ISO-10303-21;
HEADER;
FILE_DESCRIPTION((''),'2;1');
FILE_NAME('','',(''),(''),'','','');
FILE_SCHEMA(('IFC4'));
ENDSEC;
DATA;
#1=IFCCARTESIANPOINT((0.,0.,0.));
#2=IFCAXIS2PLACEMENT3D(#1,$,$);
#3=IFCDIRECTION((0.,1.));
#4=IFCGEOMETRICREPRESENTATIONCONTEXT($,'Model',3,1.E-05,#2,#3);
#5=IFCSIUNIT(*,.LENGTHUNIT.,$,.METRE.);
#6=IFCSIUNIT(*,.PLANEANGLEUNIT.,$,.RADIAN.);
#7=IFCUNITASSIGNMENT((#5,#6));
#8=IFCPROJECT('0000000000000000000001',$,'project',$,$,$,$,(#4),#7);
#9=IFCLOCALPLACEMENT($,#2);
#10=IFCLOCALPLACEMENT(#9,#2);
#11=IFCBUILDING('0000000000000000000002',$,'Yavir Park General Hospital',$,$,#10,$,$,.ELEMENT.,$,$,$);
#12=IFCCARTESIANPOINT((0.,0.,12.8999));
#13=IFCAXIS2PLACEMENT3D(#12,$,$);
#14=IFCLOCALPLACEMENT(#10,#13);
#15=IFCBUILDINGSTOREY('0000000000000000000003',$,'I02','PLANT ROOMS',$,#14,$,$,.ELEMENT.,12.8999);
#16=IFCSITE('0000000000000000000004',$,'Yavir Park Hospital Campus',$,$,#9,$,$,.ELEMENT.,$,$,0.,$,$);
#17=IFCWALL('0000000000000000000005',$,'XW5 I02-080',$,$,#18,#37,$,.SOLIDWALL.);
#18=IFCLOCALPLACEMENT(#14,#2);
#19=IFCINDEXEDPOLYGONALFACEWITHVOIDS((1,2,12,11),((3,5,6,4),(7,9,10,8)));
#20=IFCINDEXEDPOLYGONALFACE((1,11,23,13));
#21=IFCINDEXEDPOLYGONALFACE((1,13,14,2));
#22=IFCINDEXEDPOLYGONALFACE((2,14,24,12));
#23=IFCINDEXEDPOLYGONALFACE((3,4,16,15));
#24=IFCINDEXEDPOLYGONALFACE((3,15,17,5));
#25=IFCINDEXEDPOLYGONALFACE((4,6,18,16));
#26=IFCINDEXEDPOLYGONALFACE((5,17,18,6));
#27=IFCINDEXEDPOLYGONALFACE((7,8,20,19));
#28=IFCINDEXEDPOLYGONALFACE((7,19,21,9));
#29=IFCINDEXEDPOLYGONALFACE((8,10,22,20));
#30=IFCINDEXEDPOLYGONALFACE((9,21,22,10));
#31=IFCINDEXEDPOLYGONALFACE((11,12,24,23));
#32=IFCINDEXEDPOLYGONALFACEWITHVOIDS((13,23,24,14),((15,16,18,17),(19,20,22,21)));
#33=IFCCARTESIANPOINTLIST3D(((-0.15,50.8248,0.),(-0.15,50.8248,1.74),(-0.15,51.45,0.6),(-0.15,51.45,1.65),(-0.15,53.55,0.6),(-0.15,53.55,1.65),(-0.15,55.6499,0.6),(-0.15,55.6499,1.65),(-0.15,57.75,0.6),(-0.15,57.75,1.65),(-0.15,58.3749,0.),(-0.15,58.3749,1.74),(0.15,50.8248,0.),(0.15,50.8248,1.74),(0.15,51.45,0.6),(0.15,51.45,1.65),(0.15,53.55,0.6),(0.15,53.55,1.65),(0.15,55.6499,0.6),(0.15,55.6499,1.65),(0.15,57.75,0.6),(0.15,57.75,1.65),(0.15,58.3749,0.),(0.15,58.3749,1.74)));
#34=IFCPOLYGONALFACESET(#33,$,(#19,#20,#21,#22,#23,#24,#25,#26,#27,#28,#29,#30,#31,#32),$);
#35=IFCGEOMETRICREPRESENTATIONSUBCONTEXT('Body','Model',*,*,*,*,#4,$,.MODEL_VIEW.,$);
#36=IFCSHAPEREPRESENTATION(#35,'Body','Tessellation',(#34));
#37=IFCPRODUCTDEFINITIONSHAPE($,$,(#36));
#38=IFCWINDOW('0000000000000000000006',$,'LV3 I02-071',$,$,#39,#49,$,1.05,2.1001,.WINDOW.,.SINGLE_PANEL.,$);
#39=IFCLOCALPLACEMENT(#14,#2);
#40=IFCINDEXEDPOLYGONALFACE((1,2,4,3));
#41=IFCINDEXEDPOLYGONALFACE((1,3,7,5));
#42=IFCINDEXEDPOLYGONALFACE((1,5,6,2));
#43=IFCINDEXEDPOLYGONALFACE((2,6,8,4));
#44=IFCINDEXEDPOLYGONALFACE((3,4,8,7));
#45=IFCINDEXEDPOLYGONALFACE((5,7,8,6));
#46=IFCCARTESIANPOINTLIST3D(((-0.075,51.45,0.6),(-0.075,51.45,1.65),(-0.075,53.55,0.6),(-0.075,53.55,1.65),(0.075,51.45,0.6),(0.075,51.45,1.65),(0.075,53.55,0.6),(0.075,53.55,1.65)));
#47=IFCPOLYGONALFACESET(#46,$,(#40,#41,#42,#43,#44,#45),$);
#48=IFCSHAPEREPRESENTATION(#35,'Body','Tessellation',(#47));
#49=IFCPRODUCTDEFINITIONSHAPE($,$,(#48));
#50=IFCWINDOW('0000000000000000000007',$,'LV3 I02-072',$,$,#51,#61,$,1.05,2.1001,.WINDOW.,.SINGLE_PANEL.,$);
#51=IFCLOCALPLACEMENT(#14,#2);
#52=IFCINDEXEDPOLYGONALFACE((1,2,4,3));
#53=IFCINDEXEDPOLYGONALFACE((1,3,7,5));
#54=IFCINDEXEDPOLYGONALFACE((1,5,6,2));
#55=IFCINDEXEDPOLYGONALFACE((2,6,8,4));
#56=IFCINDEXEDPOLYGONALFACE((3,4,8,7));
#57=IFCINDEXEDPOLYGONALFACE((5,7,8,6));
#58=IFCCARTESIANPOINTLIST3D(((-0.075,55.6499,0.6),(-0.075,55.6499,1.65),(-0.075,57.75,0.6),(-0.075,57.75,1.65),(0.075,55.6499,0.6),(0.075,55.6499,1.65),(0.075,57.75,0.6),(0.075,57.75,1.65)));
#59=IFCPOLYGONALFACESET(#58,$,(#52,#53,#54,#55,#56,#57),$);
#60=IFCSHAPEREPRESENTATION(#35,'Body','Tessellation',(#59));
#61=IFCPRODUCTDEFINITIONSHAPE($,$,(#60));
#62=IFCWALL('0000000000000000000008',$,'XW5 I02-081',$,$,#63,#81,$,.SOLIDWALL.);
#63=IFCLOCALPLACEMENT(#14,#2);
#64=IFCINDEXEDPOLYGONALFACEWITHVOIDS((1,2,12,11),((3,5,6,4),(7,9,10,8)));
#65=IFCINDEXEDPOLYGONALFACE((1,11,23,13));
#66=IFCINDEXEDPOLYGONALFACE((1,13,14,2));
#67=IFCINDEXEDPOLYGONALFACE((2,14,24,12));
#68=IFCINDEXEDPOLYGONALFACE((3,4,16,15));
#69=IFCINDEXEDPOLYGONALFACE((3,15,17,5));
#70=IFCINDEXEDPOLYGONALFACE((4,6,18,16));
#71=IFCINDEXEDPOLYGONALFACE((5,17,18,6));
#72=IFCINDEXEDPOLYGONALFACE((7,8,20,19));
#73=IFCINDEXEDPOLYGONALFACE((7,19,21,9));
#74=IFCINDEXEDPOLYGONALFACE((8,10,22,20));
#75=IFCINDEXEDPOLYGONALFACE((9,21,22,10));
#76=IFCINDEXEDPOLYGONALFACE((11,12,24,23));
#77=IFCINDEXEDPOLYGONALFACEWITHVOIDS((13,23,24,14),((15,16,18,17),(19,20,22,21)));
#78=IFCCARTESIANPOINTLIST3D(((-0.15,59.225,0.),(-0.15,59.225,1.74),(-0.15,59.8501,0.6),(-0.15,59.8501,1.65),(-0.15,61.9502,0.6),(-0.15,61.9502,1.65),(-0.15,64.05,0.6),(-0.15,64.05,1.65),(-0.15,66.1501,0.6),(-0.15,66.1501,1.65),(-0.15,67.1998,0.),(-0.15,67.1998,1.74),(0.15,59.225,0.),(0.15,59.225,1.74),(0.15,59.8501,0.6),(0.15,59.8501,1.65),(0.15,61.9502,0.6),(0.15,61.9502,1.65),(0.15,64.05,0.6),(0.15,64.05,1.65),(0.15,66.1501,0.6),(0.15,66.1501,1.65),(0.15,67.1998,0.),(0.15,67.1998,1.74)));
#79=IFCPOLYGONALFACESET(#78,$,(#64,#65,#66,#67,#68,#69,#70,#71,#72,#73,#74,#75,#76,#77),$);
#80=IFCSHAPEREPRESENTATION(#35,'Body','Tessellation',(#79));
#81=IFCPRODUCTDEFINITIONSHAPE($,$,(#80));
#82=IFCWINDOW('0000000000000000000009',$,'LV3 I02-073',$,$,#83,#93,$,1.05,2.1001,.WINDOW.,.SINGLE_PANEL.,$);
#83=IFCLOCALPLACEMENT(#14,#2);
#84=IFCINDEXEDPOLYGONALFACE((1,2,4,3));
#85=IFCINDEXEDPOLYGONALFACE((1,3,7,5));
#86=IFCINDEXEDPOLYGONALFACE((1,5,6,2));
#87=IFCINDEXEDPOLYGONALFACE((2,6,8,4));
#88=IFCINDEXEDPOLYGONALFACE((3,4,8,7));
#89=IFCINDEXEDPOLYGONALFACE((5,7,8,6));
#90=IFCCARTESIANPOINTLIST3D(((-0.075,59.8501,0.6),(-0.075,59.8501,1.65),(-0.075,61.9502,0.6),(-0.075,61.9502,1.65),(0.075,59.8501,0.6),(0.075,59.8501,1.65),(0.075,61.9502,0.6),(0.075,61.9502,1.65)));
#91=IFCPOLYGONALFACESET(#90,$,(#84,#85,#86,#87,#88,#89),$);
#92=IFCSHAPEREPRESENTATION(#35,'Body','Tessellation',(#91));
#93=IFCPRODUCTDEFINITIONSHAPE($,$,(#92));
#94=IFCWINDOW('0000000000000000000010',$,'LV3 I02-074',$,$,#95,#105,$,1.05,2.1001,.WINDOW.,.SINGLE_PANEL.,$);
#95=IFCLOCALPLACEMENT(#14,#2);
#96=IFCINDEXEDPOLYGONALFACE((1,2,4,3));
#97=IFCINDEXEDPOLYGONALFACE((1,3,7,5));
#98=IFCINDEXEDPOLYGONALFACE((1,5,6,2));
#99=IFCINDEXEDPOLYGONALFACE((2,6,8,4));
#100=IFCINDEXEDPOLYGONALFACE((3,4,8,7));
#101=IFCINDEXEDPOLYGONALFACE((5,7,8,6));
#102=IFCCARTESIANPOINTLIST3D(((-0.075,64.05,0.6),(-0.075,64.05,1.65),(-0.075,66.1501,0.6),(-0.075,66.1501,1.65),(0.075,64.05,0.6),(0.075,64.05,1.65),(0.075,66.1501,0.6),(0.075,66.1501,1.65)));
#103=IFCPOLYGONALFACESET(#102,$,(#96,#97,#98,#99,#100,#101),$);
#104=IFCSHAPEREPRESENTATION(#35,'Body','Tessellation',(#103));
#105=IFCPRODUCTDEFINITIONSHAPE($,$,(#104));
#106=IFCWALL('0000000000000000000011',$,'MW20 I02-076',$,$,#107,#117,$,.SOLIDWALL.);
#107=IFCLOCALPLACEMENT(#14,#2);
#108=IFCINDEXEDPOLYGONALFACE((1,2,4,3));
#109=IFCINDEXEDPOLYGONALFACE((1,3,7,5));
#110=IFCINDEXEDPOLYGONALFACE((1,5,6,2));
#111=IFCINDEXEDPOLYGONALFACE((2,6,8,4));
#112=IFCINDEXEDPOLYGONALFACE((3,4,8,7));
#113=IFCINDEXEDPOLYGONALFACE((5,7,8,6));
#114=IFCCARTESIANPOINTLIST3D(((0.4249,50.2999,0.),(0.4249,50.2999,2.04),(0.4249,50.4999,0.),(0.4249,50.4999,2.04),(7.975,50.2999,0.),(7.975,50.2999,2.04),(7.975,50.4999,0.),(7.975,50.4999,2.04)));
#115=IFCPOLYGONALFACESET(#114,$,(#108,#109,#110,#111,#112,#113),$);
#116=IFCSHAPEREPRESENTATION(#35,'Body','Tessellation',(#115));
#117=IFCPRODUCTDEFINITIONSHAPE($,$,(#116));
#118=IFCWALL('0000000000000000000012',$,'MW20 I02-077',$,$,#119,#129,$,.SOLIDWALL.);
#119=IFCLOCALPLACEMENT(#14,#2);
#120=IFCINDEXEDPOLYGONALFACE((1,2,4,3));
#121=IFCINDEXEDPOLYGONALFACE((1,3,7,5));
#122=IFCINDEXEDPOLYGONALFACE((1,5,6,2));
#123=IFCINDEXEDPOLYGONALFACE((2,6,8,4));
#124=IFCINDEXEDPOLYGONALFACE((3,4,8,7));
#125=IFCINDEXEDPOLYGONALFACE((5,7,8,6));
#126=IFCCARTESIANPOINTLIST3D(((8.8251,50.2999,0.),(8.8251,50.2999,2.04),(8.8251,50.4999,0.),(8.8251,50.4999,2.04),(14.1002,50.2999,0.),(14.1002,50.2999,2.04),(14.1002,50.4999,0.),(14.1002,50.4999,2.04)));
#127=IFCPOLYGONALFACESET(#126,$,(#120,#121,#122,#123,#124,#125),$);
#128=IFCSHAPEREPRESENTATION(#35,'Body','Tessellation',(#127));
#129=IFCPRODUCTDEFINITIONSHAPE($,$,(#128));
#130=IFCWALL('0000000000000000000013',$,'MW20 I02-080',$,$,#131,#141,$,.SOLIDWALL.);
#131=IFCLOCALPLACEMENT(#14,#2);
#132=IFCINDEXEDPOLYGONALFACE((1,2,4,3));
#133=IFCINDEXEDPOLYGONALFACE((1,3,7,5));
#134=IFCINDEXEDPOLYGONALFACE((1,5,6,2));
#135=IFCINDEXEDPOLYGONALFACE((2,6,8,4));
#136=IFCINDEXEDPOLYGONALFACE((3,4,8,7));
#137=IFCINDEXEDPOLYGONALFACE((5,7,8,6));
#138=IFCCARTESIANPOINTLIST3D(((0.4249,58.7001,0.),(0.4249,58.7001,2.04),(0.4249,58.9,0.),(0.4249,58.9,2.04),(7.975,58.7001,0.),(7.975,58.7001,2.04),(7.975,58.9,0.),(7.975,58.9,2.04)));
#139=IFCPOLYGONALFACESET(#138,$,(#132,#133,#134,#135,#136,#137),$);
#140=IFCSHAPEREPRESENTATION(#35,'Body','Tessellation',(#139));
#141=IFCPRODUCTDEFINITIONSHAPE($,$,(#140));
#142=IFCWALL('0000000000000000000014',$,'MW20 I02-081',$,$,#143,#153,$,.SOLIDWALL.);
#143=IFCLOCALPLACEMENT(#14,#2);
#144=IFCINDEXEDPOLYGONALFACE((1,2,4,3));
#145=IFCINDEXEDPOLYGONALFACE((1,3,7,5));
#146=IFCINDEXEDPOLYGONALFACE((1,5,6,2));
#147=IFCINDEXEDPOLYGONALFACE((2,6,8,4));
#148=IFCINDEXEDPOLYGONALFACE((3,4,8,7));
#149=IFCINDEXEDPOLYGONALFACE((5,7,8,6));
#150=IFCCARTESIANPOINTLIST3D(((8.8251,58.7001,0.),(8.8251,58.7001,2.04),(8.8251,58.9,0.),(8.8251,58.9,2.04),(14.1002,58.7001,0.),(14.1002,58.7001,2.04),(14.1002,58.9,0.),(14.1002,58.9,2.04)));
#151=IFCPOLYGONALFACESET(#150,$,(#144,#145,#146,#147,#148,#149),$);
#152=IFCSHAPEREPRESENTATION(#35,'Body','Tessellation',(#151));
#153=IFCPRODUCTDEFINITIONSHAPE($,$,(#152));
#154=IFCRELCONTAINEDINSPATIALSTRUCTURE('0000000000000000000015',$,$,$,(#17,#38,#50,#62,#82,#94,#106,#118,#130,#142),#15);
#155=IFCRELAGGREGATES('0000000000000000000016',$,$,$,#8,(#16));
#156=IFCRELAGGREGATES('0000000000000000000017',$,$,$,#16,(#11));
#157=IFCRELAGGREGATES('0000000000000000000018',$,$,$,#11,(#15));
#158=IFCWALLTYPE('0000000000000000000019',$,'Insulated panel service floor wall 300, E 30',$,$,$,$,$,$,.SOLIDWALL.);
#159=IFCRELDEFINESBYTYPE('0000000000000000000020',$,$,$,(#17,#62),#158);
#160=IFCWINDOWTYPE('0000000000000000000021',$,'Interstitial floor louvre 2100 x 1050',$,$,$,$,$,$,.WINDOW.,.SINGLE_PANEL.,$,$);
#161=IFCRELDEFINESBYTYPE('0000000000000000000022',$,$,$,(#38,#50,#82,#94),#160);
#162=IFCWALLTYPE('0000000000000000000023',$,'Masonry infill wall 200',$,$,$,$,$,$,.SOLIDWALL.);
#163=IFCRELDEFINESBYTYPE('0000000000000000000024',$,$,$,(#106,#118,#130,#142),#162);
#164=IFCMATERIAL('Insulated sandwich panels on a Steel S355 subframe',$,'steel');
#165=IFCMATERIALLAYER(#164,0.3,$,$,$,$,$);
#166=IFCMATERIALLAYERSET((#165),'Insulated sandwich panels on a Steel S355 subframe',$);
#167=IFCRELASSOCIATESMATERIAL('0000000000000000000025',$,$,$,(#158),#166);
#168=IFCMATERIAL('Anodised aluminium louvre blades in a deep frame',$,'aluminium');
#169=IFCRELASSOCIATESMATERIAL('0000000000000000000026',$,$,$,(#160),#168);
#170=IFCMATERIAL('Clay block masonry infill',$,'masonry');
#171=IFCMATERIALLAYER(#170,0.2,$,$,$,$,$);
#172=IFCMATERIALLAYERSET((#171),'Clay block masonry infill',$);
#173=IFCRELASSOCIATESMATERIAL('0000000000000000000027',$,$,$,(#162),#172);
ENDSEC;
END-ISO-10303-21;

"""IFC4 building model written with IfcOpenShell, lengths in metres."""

from ifc_helpers import new_model, si_unit, direction, frame, frame_2d, origin, place, context, subcontext, project, spatial, rectangle, extrude, material, layer, layer_set, type_object, element, fill, save


model = new_model("IFC4")

# Units and contexts
model_context = context("Model", 3, precision=1e-05, world=origin(), true_north=direction((0.0, 1.0)))
body_context = subcontext(model_context, "Body", "Model", "MODEL_VIEW")
ifc_project = project(units=[si_unit("LENGTHUNIT", "METRE"), si_unit("PLANEANGLEUNIT", "RADIAN")], contexts=[model_context])

# Site, building, storey
site_placement = place(None, origin())
site = spatial("IfcSite", under=ifc_project, at=site_placement, Name="Yavir Park Hospital Campus", CompositionType="ELEMENT", RefElevation=0.0)
building_placement = place(site_placement, origin())
building = spatial("IfcBuilding", under=site, at=building_placement, Name="Yavir Park General Hospital", CompositionType="ELEMENT")
storey_placement = place(building_placement, frame((0.0, 0.0, 12.8999)))
storey = spatial("IfcBuildingStorey", under=building, at=storey_placement, Name="I02", Description="PLANT ROOMS", CompositionType="ELEMENT", Elevation=12.8999)

# Walls, openings, windows
ifc_material_1 = material(Name="Insulated sandwich panels on a Steel S355 subframe", Category="steel")
ifc_layer_1 = layer(ifc_material_1, 0.3)
ifc_layer_set_1 = layer_set([ifc_layer_1], Name="Insulated sandwich panels on a Steel S355 subframe")
wall_type_1 = type_object("IfcWallType", Name="Insulated panel service floor wall 300, E 30", PredefinedType="SOLIDWALL", material=ifc_layer_set_1)
ifc_material_2 = material(Name="Anodised aluminium louvre blades in a deep frame", Category="aluminium")
window_type = type_object("IfcWindowType", Name="Interstitial floor louvre 2100 x 1050", PartitioningType="SINGLE_PANEL", PredefinedType="WINDOW", material=ifc_material_2)
wall_1_placement = place(storey_placement, frame((0.0, 50.825, 0.0), z_axis=(0.0, 0.0, 1.0), x_axis=(0.0, 1.0, 0.0)))
wall_1 = element("IfcWall", 1, at=wall_1_placement, inside=storey, type_object=wall_type_1, Name="XW5 I02-080", PredefinedType="SOLIDWALL", context=body_context, shape_type="SweptSolid", body=[
    extrude(rectangle(XDim=7.55, YDim=0.3, at=frame_2d((3.7749, 0.0))), origin(), (0.0, 0.0, 1.0), 1.74),
])
opening_1_placement = place(wall_1_placement, frame((0.625, 0.0, 0.6001)))
opening_1 = element("IfcOpeningElement", 2, at=opening_1_placement, cuts=wall_1, PredefinedType="OPENING", context=body_context, shape_type="SweptSolid", body=[
    extrude(rectangle(XDim=2.1001, YDim=1.05, at=frame_2d((1.05, 0.5249))), frame((0.0, 0.1599, 0.0), z_axis=(0.0, -1.0, 0.0), x_axis=(1.0, 0.0, 0.0)), (0.0, 0.0, 1.0), 0.3201),
])
opening_2_placement = place(wall_1_placement, frame((4.825, 0.0, 0.6001)))
opening_2 = element("IfcOpeningElement", 3, at=opening_2_placement, cuts=wall_1, PredefinedType="OPENING", context=body_context, shape_type="SweptSolid", body=[
    extrude(rectangle(XDim=2.1001, YDim=1.05, at=frame_2d((1.05, 0.5249))), frame((0.0, 0.1599, 0.0), z_axis=(0.0, -1.0, 0.0), x_axis=(1.0, 0.0, 0.0)), (0.0, 0.0, 1.0), 0.3201),
])
window_1_placement = place(opening_1_placement, origin())
window_1 = element("IfcWindow", 4, at=window_1_placement, inside=storey, type_object=window_type, Name="LV3 I02-071", OverallHeight=1.05, OverallWidth=2.1001, PartitioningType="SINGLE_PANEL", PredefinedType="WINDOW", context=body_context, shape_type="SweptSolid", body=[
    extrude(rectangle(XDim=2.1001, YDim=1.05, at=frame_2d((1.05, 0.5249))), frame((0.0, 0.075, 0.0), z_axis=(0.0, -1.0, 0.0), x_axis=(1.0, 0.0, 0.0)), (0.0, 0.0, 1.0), 0.1499),
])
fill(opening_1, window_1)
window_2_placement = place(opening_2_placement, origin())
window_2 = element("IfcWindow", 5, at=window_2_placement, inside=storey, type_object=window_type, Name="LV3 I02-072", OverallHeight=1.05, OverallWidth=2.1001, PartitioningType="SINGLE_PANEL", PredefinedType="WINDOW", context=body_context, shape_type="SweptSolid", body=[
    extrude(rectangle(XDim=2.1001, YDim=1.05, at=frame_2d((1.05, 0.5249))), frame((0.0, 0.075, 0.0), z_axis=(0.0, -1.0, 0.0), x_axis=(1.0, 0.0, 0.0)), (0.0, 0.0, 1.0), 0.1499),
])
fill(opening_2, window_2)
wall_2_placement = place(storey_placement, frame((0.0, 59.2251, 0.0), z_axis=(0.0, 0.0, 1.0), x_axis=(0.0, 1.0, 0.0)))
wall_2 = element("IfcWall", 6, at=wall_2_placement, inside=storey, type_object=wall_type_1, Name="XW5 I02-081", PredefinedType="SOLIDWALL", context=body_context, shape_type="SweptSolid", body=[
    extrude(rectangle(XDim=7.9749, YDim=0.3, at=frame_2d((3.9873, 0.0))), origin(), (0.0, 0.0, 1.0), 1.74),
])
opening_3_placement = place(wall_2_placement, frame((0.625, 0.0, 0.6001)))
opening_3 = element("IfcOpeningElement", 7, at=opening_3_placement, cuts=wall_2, PredefinedType="OPENING", context=body_context, shape_type="SweptSolid", body=[
    extrude(rectangle(XDim=2.1001, YDim=1.05, at=frame_2d((1.05, 0.5249))), frame((0.0, 0.1599, 0.0), z_axis=(0.0, -1.0, 0.0), x_axis=(1.0, 0.0, 0.0)), (0.0, 0.0, 1.0), 0.3201),
])
opening_4_placement = place(wall_2_placement, frame((4.825, 0.0, 0.6001)))
opening_4 = element("IfcOpeningElement", 8, at=opening_4_placement, cuts=wall_2, PredefinedType="OPENING", context=body_context, shape_type="SweptSolid", body=[
    extrude(rectangle(XDim=2.1001, YDim=1.05, at=frame_2d((1.05, 0.5249))), frame((0.0, 0.1599, 0.0), z_axis=(0.0, -1.0, 0.0), x_axis=(1.0, 0.0, 0.0)), (0.0, 0.0, 1.0), 0.3201),
])
window_3_placement = place(opening_3_placement, origin())
window_3 = element("IfcWindow", 9, at=window_3_placement, inside=storey, type_object=window_type, Name="LV3 I02-073", OverallHeight=1.05, OverallWidth=2.1001, PartitioningType="SINGLE_PANEL", PredefinedType="WINDOW", context=body_context, shape_type="SweptSolid", body=[
    extrude(rectangle(XDim=2.1001, YDim=1.05, at=frame_2d((1.05, 0.5249))), frame((0.0, 0.075, 0.0), z_axis=(0.0, -1.0, 0.0), x_axis=(1.0, 0.0, 0.0)), (0.0, 0.0, 1.0), 0.1499),
])
fill(opening_3, window_3)
window_4_placement = place(opening_4_placement, origin())
window_4 = element("IfcWindow", 10, at=window_4_placement, inside=storey, type_object=window_type, Name="LV3 I02-074", OverallHeight=1.05, OverallWidth=2.1001, PartitioningType="SINGLE_PANEL", PredefinedType="WINDOW", context=body_context, shape_type="SweptSolid", body=[
    extrude(rectangle(XDim=2.1001, YDim=1.05, at=frame_2d((1.05, 0.5249))), frame((0.0, 0.075, 0.0), z_axis=(0.0, -1.0, 0.0), x_axis=(1.0, 0.0, 0.0)), (0.0, 0.0, 1.0), 0.1499),
])
fill(opening_4, window_4)

# Walls
ifc_material_3 = material(Name="Clay block masonry infill", Category="masonry")
ifc_layer_2 = layer(ifc_material_3, 0.2)
ifc_layer_set_2 = layer_set([ifc_layer_2], Name="Clay block masonry infill")
wall_type_2 = type_object("IfcWallType", Name="Masonry infill wall 200", PredefinedType="SOLIDWALL", material=ifc_layer_set_2)
wall_3_placement = place(storey_placement, frame((0.425, 50.3999, 0.0), z_axis=(0.0, 0.0, 1.0), x_axis=(1.0, 0.0, 0.0)))
element("IfcWall", 11, at=wall_3_placement, inside=storey, type_object=wall_type_2, Name="MW20 I02-076", PredefinedType="SOLIDWALL", context=body_context, shape_type="SweptSolid", body=[
    extrude(rectangle(XDim=7.55, YDim=0.2, at=frame_2d((3.7749, 0.0))), origin(), (0.0, 0.0, 1.0), 2.04),
])
wall_4_placement = place(storey_placement, frame((8.825, 50.3999, 0.0), z_axis=(0.0, 0.0, 1.0), x_axis=(1.0, 0.0, 0.0)))
element("IfcWall", 12, at=wall_4_placement, inside=storey, type_object=wall_type_2, Name="MW20 I02-077", PredefinedType="SOLIDWALL", context=body_context, shape_type="SweptSolid", body=[
    extrude(rectangle(XDim=5.2751, YDim=0.2, at=frame_2d((2.6377, 0.0))), origin(), (0.0, 0.0, 1.0), 2.04),
])
wall_5_placement = place(storey_placement, frame((0.425, 58.8, 0.0), z_axis=(0.0, 0.0, 1.0), x_axis=(1.0, 0.0, 0.0)))
element("IfcWall", 13, at=wall_5_placement, inside=storey, type_object=wall_type_2, Name="MW20 I02-080", PredefinedType="SOLIDWALL", context=body_context, shape_type="SweptSolid", body=[
    extrude(rectangle(XDim=7.55, YDim=0.2, at=frame_2d((3.7749, 0.0))), origin(), (0.0, 0.0, 1.0), 2.04),
])
wall_6_placement = place(storey_placement, frame((8.825, 58.8, 0.0), z_axis=(0.0, 0.0, 1.0), x_axis=(1.0, 0.0, 0.0)))
element("IfcWall", 14, at=wall_6_placement, inside=storey, type_object=wall_type_2, Name="MW20 I02-081", PredefinedType="SOLIDWALL", context=body_context, shape_type="SweptSolid", body=[
    extrude(rectangle(XDim=5.2751, YDim=0.2, at=frame_2d((2.6377, 0.0))), origin(), (0.0, 0.0, 1.0), 2.04),
])

save(model, "model.ifc")
